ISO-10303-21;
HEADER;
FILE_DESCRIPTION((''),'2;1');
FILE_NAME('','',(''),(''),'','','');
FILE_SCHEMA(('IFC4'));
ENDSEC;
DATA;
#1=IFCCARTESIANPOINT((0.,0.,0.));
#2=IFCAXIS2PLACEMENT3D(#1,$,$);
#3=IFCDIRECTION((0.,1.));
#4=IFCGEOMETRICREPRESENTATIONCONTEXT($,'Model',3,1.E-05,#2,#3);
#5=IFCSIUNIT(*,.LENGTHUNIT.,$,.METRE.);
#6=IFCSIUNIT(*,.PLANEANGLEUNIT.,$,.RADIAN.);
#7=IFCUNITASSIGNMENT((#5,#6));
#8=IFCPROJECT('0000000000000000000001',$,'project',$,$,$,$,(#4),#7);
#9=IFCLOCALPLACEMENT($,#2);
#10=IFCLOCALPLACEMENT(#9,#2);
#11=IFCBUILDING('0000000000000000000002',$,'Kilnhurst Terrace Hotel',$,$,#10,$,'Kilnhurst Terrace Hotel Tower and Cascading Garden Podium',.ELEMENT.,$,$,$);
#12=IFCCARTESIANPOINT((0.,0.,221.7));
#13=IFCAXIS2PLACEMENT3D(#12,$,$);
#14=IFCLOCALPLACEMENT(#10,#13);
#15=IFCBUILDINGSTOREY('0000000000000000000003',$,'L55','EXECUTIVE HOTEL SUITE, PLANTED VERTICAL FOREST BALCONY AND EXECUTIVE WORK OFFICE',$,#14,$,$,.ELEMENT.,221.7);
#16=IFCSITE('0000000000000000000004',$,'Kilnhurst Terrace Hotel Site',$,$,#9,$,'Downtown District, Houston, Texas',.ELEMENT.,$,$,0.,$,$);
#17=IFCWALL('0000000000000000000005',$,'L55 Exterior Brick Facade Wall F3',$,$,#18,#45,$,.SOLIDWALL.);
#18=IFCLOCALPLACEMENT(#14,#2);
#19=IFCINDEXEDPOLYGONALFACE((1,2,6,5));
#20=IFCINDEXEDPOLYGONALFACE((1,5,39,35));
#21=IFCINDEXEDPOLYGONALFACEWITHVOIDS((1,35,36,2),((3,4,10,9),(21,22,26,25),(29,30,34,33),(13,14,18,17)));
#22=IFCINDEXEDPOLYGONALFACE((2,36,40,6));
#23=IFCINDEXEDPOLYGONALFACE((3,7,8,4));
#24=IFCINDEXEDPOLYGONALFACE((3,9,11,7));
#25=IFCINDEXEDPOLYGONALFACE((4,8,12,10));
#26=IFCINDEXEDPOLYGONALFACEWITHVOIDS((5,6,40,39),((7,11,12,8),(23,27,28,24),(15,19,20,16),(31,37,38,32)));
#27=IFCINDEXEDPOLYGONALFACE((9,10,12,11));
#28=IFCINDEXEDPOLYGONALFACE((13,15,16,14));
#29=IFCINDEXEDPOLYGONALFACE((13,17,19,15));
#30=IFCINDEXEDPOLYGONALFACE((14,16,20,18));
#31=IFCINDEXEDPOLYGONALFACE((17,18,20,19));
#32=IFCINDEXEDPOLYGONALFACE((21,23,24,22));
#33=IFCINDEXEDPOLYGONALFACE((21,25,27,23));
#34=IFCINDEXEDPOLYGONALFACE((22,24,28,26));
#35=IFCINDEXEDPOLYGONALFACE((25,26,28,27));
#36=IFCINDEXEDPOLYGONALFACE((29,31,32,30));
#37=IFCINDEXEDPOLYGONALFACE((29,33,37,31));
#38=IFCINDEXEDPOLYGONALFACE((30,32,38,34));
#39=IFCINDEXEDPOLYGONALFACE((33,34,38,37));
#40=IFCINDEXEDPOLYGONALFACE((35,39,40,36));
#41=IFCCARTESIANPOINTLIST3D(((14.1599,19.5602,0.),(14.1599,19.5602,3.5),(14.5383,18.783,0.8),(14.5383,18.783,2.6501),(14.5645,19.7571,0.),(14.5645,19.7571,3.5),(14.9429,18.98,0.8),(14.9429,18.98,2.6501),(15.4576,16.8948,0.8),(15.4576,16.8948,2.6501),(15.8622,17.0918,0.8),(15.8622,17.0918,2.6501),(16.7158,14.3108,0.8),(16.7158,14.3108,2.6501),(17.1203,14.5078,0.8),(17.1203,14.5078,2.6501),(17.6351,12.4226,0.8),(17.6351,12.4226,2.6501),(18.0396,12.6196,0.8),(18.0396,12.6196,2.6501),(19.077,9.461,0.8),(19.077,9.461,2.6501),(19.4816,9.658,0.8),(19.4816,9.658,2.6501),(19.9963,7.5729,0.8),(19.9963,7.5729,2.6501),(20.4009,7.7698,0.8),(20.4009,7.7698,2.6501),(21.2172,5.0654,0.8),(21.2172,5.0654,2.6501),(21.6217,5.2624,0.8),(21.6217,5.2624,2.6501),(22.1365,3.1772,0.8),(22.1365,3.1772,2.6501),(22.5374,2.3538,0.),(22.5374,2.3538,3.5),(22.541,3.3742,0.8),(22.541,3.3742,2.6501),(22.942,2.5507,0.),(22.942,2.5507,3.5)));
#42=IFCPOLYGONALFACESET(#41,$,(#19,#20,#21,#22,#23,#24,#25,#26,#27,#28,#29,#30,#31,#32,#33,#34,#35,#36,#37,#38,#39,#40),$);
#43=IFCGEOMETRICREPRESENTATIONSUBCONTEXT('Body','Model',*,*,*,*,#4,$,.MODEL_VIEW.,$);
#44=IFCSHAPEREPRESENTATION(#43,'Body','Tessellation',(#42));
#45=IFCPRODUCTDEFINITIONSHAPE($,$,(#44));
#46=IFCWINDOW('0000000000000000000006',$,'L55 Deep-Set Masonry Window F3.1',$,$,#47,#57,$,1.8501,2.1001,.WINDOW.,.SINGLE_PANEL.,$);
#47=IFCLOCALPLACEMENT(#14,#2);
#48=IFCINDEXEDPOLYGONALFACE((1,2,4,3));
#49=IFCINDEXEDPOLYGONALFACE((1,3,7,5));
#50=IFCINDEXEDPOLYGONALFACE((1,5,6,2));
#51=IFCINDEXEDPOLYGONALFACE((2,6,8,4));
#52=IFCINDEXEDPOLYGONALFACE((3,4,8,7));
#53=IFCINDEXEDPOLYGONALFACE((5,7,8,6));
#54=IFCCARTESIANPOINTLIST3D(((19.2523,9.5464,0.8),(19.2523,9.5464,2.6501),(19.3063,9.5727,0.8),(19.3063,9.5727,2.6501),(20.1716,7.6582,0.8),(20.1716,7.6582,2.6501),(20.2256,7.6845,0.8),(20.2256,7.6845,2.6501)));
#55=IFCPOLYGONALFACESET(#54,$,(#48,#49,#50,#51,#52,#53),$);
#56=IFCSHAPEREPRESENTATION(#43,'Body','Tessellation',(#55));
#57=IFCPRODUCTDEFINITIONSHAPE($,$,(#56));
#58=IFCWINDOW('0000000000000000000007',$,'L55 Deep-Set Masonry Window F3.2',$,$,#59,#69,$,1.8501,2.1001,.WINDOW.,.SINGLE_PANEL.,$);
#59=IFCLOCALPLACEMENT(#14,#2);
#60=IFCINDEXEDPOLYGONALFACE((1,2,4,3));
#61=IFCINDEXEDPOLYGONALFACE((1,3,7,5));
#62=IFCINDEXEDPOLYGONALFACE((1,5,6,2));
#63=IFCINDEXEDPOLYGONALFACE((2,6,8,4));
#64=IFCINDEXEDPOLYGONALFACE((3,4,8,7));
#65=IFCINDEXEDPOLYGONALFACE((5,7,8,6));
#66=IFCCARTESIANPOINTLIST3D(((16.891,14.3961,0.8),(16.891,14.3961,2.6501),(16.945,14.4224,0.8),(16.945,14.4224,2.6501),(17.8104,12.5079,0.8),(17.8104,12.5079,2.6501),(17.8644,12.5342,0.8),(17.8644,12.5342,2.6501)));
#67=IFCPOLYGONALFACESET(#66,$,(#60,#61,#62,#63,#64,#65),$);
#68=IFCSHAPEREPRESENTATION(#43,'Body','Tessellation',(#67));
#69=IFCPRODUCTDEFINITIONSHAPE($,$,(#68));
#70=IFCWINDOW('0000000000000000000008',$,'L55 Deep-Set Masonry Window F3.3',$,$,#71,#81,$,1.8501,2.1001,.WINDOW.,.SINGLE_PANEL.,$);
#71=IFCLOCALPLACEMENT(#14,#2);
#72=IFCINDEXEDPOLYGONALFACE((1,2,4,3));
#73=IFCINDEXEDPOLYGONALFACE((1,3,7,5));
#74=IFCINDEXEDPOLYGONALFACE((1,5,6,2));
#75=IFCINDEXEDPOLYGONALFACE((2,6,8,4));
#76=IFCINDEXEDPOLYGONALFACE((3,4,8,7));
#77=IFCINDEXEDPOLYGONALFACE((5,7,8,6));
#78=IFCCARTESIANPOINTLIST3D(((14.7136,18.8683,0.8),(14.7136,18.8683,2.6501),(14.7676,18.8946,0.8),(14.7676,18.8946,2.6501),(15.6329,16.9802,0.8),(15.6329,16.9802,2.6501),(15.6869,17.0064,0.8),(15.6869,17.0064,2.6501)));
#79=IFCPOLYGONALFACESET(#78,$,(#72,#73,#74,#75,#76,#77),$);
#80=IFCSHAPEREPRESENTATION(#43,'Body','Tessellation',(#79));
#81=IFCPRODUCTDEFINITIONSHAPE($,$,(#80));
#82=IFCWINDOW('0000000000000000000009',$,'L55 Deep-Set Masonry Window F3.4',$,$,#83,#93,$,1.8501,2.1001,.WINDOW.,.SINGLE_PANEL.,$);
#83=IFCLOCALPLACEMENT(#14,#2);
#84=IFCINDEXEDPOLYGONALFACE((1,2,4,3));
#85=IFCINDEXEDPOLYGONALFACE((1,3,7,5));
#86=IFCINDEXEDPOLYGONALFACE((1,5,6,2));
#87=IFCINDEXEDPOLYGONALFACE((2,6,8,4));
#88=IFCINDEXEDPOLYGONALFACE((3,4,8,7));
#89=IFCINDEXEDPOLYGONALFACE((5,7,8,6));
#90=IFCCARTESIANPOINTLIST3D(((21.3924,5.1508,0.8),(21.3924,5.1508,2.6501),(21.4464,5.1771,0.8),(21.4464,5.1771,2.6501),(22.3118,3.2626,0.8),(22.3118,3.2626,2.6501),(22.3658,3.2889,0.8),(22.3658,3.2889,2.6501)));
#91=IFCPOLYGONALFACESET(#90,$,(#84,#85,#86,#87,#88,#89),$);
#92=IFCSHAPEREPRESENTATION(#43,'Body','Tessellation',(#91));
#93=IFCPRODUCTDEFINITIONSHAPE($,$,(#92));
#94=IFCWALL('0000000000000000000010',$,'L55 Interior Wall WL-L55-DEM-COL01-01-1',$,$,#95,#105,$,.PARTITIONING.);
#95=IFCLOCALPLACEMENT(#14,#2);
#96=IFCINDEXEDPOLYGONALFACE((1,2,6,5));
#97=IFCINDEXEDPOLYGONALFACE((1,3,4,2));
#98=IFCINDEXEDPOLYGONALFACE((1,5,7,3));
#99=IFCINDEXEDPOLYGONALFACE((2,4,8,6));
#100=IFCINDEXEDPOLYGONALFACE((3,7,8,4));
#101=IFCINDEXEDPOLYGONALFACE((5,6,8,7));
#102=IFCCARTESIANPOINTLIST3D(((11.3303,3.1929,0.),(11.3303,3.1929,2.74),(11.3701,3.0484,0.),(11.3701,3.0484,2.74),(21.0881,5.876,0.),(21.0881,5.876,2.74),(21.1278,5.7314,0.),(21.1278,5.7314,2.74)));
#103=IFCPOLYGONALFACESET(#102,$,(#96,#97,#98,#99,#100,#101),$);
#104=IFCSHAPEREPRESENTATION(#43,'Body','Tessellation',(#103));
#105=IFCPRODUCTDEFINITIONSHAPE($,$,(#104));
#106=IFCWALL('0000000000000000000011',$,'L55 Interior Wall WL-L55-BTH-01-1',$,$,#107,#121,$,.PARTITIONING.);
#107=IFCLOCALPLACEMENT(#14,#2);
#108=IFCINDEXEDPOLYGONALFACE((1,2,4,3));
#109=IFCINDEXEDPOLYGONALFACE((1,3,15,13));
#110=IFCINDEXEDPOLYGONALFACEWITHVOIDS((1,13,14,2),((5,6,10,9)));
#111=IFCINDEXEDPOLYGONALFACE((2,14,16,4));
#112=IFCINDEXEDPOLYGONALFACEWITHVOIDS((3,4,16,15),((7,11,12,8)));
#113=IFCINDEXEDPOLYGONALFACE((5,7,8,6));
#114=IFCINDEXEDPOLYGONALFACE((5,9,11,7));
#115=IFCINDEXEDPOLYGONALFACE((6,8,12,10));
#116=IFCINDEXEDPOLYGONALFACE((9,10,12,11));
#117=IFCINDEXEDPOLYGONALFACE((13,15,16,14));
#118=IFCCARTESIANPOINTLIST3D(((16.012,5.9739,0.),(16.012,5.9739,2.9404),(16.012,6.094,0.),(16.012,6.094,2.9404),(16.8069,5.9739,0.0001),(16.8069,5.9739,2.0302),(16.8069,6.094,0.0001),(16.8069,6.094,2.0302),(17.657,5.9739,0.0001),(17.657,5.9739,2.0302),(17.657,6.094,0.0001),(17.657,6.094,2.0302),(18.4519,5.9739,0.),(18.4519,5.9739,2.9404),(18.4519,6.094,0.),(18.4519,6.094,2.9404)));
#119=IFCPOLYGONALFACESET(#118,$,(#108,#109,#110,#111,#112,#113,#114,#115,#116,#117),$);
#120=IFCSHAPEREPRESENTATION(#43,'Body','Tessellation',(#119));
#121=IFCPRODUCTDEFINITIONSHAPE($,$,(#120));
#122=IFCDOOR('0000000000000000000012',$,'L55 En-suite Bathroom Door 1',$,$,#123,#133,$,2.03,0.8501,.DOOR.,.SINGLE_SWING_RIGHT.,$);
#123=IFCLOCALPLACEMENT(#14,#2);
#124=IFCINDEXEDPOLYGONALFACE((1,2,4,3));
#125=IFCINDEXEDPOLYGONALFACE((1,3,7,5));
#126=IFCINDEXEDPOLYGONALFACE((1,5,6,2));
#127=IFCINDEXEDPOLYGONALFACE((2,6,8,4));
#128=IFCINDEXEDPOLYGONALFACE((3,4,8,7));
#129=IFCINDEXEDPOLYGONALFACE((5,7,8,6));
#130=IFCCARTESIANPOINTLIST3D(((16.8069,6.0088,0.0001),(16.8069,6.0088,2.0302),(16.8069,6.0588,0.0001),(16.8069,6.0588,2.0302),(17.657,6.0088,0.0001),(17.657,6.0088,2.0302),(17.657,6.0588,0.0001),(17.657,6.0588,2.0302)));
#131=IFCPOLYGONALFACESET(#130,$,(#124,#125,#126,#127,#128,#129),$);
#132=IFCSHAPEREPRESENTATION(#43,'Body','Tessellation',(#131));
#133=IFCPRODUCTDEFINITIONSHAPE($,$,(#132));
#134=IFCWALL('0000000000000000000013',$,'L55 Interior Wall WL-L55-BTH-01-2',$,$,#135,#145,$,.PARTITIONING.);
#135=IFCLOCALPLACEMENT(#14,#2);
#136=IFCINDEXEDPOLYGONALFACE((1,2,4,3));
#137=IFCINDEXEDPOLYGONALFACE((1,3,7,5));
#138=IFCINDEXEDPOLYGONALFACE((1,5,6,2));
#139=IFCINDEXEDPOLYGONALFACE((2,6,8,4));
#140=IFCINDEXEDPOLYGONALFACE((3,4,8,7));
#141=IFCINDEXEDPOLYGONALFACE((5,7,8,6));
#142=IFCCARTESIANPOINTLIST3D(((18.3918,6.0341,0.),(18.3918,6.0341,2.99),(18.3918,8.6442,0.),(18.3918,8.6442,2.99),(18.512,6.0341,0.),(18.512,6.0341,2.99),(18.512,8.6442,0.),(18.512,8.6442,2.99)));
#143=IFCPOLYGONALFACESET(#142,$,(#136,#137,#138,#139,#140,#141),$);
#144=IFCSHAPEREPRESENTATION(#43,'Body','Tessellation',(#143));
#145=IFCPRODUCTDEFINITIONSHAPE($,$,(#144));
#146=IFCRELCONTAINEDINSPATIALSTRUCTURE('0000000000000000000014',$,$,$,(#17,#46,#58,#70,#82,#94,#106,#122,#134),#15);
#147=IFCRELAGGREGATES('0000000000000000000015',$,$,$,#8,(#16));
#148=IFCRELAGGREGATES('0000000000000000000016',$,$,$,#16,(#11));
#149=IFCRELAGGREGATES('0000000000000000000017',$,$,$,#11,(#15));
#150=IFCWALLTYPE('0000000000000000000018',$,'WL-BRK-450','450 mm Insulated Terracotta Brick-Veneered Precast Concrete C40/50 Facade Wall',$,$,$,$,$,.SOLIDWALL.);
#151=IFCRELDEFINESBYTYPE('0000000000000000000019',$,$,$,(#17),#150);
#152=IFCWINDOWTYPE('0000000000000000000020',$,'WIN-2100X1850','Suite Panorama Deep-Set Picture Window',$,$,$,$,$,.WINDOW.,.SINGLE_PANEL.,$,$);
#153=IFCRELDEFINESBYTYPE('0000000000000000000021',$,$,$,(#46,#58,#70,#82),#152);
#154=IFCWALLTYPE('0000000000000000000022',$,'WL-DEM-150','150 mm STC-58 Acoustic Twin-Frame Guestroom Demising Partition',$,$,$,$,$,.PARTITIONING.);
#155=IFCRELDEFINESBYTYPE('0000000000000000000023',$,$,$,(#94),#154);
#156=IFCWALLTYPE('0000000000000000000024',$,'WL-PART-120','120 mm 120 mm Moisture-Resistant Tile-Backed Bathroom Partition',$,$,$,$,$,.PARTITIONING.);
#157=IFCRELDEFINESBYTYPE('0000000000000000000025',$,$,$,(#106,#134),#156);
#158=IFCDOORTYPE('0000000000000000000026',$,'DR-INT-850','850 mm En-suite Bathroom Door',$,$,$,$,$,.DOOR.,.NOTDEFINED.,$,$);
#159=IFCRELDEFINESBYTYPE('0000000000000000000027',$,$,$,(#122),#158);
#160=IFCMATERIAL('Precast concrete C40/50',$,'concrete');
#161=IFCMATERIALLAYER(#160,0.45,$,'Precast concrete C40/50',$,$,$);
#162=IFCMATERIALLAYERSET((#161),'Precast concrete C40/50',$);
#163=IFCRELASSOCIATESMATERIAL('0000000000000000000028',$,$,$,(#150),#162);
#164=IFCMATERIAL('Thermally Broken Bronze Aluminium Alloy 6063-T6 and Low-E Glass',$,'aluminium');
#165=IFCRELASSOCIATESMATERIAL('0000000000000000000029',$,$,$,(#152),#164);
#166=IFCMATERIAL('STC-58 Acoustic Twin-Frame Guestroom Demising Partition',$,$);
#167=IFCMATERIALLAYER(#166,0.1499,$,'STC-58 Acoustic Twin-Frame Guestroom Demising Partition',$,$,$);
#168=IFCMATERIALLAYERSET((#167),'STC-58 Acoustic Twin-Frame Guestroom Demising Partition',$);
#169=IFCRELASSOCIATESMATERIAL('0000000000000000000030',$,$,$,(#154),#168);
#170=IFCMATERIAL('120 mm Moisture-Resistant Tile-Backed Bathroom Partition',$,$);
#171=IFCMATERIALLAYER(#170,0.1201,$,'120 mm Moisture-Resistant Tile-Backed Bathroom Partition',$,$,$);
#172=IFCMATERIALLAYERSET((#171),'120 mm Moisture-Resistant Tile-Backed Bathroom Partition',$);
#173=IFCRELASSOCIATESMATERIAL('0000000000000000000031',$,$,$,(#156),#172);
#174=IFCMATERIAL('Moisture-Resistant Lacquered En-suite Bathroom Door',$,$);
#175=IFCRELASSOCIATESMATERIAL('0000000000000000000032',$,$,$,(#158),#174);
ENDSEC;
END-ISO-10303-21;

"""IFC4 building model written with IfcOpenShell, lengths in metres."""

from ifc_helpers import new_model, si_unit, direction, frame, frame_2d, origin, place, context, subcontext, project, spatial, rectangle, extrude, material, layer, layer_set, type_object, element, fill, save


model = new_model("IFC4")

# Units and contexts
model_context = context("Model", 3, precision=1e-05, world=origin(), true_north=direction((0.0, 1.0)))
body_context = subcontext(model_context, "Body", "Model", "MODEL_VIEW")
ifc_project = project(units=[si_unit("LENGTHUNIT", "METRE"), si_unit("PLANEANGLEUNIT", "RADIAN")], contexts=[model_context])

# Site, building, storey
site_placement = place(None, origin())
site = spatial("IfcSite", under=ifc_project, at=site_placement, Name="Kilnhurst Terrace Hotel Site", LongName="Downtown District, Houston, Texas", CompositionType="ELEMENT", RefElevation=0.0)
building_placement = place(site_placement, origin())
building = spatial("IfcBuilding", under=site, at=building_placement, Name="Kilnhurst Terrace Hotel", LongName="Kilnhurst Terrace Hotel Tower and Cascading Garden Podium", CompositionType="ELEMENT")
storey_placement = place(building_placement, frame((0.0, 0.0, 221.7)))
storey = spatial("IfcBuildingStorey", under=building, at=storey_placement, Name="L55", Description="EXECUTIVE HOTEL SUITE, PLANTED VERTICAL FOREST BALCONY AND EXECUTIVE WORK OFFICE", CompositionType="ELEMENT", Elevation=221.7)

# Shared definitions
ifc_material_1 = material(Name="Precast concrete C40/50", Category="concrete")
ifc_layer_1 = layer(ifc_material_1, 0.45, Name="Precast concrete C40/50")
ifc_layer_set_1 = layer_set([ifc_layer_1], Name="Precast concrete C40/50")
wall_type_1 = type_object("IfcWallType", Name="WL-BRK-450", Description="450 mm Insulated Terracotta Brick-Veneered Precast Concrete C40/50 Facade Wall", PredefinedType="SOLIDWALL", material=ifc_layer_set_1)

# Wall, openings, windows
wall_1_placement = place(storey_placement, frame((22.7397, 2.4521, 0.0), z_axis=(0.0, 0.0, 1.0), x_axis=(-0.437753, 0.899095, 0.0)))
wall_1 = element("IfcWall", 1, at=wall_1_placement, inside=storey, type_object=wall_type_1, Name="L55 Exterior Brick Facade Wall F3", PredefinedType="SOLIDWALL", context=body_context, shape_type="SweptSolid", body=[
    extrude(rectangle(XDim=19.1375, YDim=0.45, at=frame_2d((9.5688, 0.0))), origin(), (0.0, 0.0, 1.0), 3.5),
])
opening_1_placement = place(wall_1_placement, frame((5.8049, 0.0, 0.8)))
opening_1 = element("IfcOpeningElement", 2, at=opening_1_placement, cuts=wall_1, PredefinedType="OPENING", context=body_context, shape_type="SweptSolid", body=[
    extrude(rectangle(XDim=2.1001, YDim=1.8501, at=frame_2d((1.05, 0.925))), frame((0.0, 0.2349, 0.0), z_axis=(0.0, -1.0, 0.0), x_axis=(1.0, 0.0, 0.0)), (0.0, 0.0, 1.0), 0.47),
])
opening_2_placement = place(wall_1_placement, frame((11.199, 0.0, 0.8)))
opening_2 = element("IfcOpeningElement", 3, at=opening_2_placement, cuts=wall_1, PredefinedType="OPENING", context=body_context, shape_type="SweptSolid", body=[
    extrude(rectangle(XDim=2.1001, YDim=1.8501, at=frame_2d((1.05, 0.925))), frame((0.0, 0.2349, 0.0), z_axis=(0.0, -1.0, 0.0), x_axis=(1.0, 0.0, 0.0)), (0.0, 0.0, 1.0), 0.47),
])
opening_3_placement = place(wall_1_placement, frame((16.1731, 0.0, 0.8)))
opening_3 = element("IfcOpeningElement", 4, at=opening_3_placement, cuts=wall_1, PredefinedType="OPENING", context=body_context, shape_type="SweptSolid", body=[
    extrude(rectangle(XDim=2.1001, YDim=1.8501, at=frame_2d((1.05, 0.925))), frame((0.0, 0.2349, 0.0), z_axis=(0.0, -1.0, 0.0), x_axis=(1.0, 0.0, 0.0)), (0.0, 0.0, 1.0), 0.47),
])
opening_4_placement = place(wall_1_placement, frame((0.916, 0.0, 0.8)))
opening_4 = element("IfcOpeningElement", 5, at=opening_4_placement, cuts=wall_1, PredefinedType="OPENING", context=body_context, shape_type="SweptSolid", body=[
    extrude(rectangle(XDim=2.1001, YDim=1.8501, at=frame_2d((1.05, 0.925))), frame((0.0, 0.2349, 0.0), z_axis=(0.0, -1.0, 0.0), x_axis=(1.0, 0.0, 0.0)), (0.0, 0.0, 1.0), 0.47),
])
ifc_material_2 = material(Name="Thermally Broken Bronze Aluminium Alloy 6063-T6 and Low-E Glass", Category="aluminium")
window_type = type_object("IfcWindowType", Name="WIN-2100X1850", Description="Suite Panorama Deep-Set Picture Window", PartitioningType="SINGLE_PANEL", PredefinedType="WINDOW", material=ifc_material_2)
window_1_placement = place(opening_1_placement, origin())
window_1 = element("IfcWindow", 6, at=window_1_placement, inside=storey, type_object=window_type, Name="L55 Deep-Set Masonry Window F3.1", OverallHeight=1.8501, OverallWidth=2.1001, PartitioningType="SINGLE_PANEL", PredefinedType="WINDOW", context=body_context, shape_type="SweptSolid", body=[
    extrude(rectangle(XDim=2.1001, YDim=1.8501, at=frame_2d((1.05, 0.925))), frame((0.0, 0.03, 0.0), z_axis=(0.0, -1.0, 0.0), x_axis=(1.0, 0.0, 0.0)), (0.0, 0.0, 1.0), 0.0601),
])
fill(opening_1, window_1)
window_2_placement = place(opening_2_placement, origin())
window_2 = element("IfcWindow", 7, at=window_2_placement, inside=storey, type_object=window_type, Name="L55 Deep-Set Masonry Window F3.2", OverallHeight=1.8501, OverallWidth=2.1001, PartitioningType="SINGLE_PANEL", PredefinedType="WINDOW", context=body_context, shape_type="SweptSolid", body=[
    extrude(rectangle(XDim=2.1001, YDim=1.8501, at=frame_2d((1.05, 0.925))), frame((0.0, 0.03, 0.0), z_axis=(0.0, -1.0, 0.0), x_axis=(1.0, 0.0, 0.0)), (0.0, 0.0, 1.0), 0.0601),
])
fill(opening_2, window_2)
window_3_placement = place(opening_3_placement, origin())
window_3 = element("IfcWindow", 8, at=window_3_placement, inside=storey, type_object=window_type, Name="L55 Deep-Set Masonry Window F3.3", OverallHeight=1.8501, OverallWidth=2.1001, PartitioningType="SINGLE_PANEL", PredefinedType="WINDOW", context=body_context, shape_type="SweptSolid", body=[
    extrude(rectangle(XDim=2.1001, YDim=1.8501, at=frame_2d((1.05, 0.925))), frame((0.0, 0.03, 0.0), z_axis=(0.0, -1.0, 0.0), x_axis=(1.0, 0.0, 0.0)), (0.0, 0.0, 1.0), 0.0601),
])
fill(opening_3, window_3)
window_4_placement = place(opening_4_placement, origin())
window_4 = element("IfcWindow", 9, at=window_4_placement, inside=storey, type_object=window_type, Name="L55 Deep-Set Masonry Window F3.4", OverallHeight=1.8501, OverallWidth=2.1001, PartitioningType="SINGLE_PANEL", PredefinedType="WINDOW", context=body_context, shape_type="SweptSolid", body=[
    extrude(rectangle(XDim=2.1001, YDim=1.8501, at=frame_2d((1.05, 0.925))), frame((0.0, 0.03, 0.0), z_axis=(0.0, -1.0, 0.0), x_axis=(1.0, 0.0, 0.0)), (0.0, 0.0, 1.0), 0.0601),
])
fill(opening_4, window_4)

# Wall
ifc_material_3 = material(Name="STC-58 Acoustic Twin-Frame Guestroom Demising Partition")
ifc_layer_2 = layer(ifc_material_3, 0.1499, Name="STC-58 Acoustic Twin-Frame Guestroom Demising Partition")
ifc_layer_set_2 = layer_set([ifc_layer_2], Name="STC-58 Acoustic Twin-Frame Guestroom Demising Partition")
wall_type_2 = type_object("IfcWallType", Name="WL-DEM-150", Description="150 mm STC-58 Acoustic Twin-Frame Guestroom Demising Partition", PredefinedType="PARTITIONING", material=ifc_layer_set_2)
wall_2_placement = place(storey_placement, frame((11.3501, 3.1206, 0.0), z_axis=(0.0, 0.0, 1.0), x_axis=(0.964213, 0.26513, 0.0)))
element("IfcWall", 10, at=wall_2_placement, inside=storey, type_object=wall_type_2, Name="L55 Interior Wall WL-L55-DEM-COL01-01-1", PredefinedType="PARTITIONING", context=body_context, shape_type="SweptSolid", body=[
    extrude(rectangle(XDim=10.1199, YDim=0.1499, at=frame_2d((5.0601, 0.0))), origin(), (0.0, 0.0, 1.0), 2.74),
])

# Wall, opening, door
ifc_material_4 = material(Name="120 mm Moisture-Resistant Tile-Backed Bathroom Partition")
ifc_layer_3 = layer(ifc_material_4, 0.1201, Name="120 mm Moisture-Resistant Tile-Backed Bathroom Partition")
ifc_layer_set_3 = layer_set([ifc_layer_3], Name="120 mm Moisture-Resistant Tile-Backed Bathroom Partition")
wall_type_3 = type_object("IfcWallType", Name="WL-PART-120", Description="120 mm 120 mm Moisture-Resistant Tile-Backed Bathroom Partition", PredefinedType="PARTITIONING", material=ifc_layer_set_3)
wall_3_placement = place(storey_placement, frame((16.012, 6.0339, 0.0), z_axis=(0.0, 0.0, 1.0), x_axis=(1.0, 0.0, 0.0)))
wall_3 = element("IfcWall", 11, at=wall_3_placement, inside=storey, type_object=wall_type_3, Name="L55 Interior Wall WL-L55-BTH-01-1", PredefinedType="PARTITIONING", context=body_context, shape_type="SweptSolid", body=[
    extrude(rectangle(XDim=2.4399, YDim=0.1201, at=frame_2d((1.22, 0.0))), origin(), (0.0, 0.0, 1.0), 2.9404),
])
opening_5_placement = place(wall_3_placement, frame((0.7949, 0.0, 0.0)))
opening_5 = element("IfcOpeningElement", 12, at=opening_5_placement, cuts=wall_3, PredefinedType="OPENING", context=body_context, shape_type="SweptSolid", body=[
    extrude(rectangle(XDim=0.8501, YDim=2.03, at=frame_2d((0.425, 1.0151))), frame((0.0, 0.0701, 0.0), z_axis=(0.0, -1.0, 0.0), x_axis=(1.0, 0.0, 0.0)), (0.0, 0.0, 1.0), 0.1401),
])
ifc_material_5 = material(Name="Moisture-Resistant Lacquered En-suite Bathroom Door")
door_type = type_object("IfcDoorType", Name="DR-INT-850", Description="850 mm En-suite Bathroom Door", OperationType="NOTDEFINED", PredefinedType="DOOR", material=ifc_material_5)
door_1_placement = place(opening_5_placement, origin())
door_1 = element("IfcDoor", 13, at=door_1_placement, inside=storey, type_object=door_type, Name="L55 En-suite Bathroom Door 1", OperationType="SINGLE_SWING_RIGHT", OverallHeight=2.03, OverallWidth=0.8501, PredefinedType="DOOR", context=body_context, shape_type="SweptSolid", body=[
    extrude(rectangle(XDim=0.8501, YDim=2.03, at=frame_2d((0.425, 1.0151))), frame((0.0, 0.0249, 0.0), z_axis=(0.0, -1.0, 0.0), x_axis=(1.0, 0.0, 0.0)), (0.0, 0.0, 1.0), 0.05),
])
fill(opening_5, door_1)

# Wall
wall_4_placement = place(storey_placement, frame((18.4519, 6.0339, 0.0), z_axis=(0.0, 0.0, 1.0), x_axis=(0.0, 1.0, 0.0)))
element("IfcWall", 14, at=wall_4_placement, inside=storey, type_object=wall_type_3, Name="L55 Interior Wall WL-L55-BTH-01-2", PredefinedType="PARTITIONING", context=body_context, shape_type="SweptSolid", body=[
    extrude(rectangle(XDim=2.6101, YDim=0.1201, at=frame_2d((1.3052, 0.0))), origin(), (0.0, 0.0, 1.0), 2.99),
])

save(model, "model.ifc")
